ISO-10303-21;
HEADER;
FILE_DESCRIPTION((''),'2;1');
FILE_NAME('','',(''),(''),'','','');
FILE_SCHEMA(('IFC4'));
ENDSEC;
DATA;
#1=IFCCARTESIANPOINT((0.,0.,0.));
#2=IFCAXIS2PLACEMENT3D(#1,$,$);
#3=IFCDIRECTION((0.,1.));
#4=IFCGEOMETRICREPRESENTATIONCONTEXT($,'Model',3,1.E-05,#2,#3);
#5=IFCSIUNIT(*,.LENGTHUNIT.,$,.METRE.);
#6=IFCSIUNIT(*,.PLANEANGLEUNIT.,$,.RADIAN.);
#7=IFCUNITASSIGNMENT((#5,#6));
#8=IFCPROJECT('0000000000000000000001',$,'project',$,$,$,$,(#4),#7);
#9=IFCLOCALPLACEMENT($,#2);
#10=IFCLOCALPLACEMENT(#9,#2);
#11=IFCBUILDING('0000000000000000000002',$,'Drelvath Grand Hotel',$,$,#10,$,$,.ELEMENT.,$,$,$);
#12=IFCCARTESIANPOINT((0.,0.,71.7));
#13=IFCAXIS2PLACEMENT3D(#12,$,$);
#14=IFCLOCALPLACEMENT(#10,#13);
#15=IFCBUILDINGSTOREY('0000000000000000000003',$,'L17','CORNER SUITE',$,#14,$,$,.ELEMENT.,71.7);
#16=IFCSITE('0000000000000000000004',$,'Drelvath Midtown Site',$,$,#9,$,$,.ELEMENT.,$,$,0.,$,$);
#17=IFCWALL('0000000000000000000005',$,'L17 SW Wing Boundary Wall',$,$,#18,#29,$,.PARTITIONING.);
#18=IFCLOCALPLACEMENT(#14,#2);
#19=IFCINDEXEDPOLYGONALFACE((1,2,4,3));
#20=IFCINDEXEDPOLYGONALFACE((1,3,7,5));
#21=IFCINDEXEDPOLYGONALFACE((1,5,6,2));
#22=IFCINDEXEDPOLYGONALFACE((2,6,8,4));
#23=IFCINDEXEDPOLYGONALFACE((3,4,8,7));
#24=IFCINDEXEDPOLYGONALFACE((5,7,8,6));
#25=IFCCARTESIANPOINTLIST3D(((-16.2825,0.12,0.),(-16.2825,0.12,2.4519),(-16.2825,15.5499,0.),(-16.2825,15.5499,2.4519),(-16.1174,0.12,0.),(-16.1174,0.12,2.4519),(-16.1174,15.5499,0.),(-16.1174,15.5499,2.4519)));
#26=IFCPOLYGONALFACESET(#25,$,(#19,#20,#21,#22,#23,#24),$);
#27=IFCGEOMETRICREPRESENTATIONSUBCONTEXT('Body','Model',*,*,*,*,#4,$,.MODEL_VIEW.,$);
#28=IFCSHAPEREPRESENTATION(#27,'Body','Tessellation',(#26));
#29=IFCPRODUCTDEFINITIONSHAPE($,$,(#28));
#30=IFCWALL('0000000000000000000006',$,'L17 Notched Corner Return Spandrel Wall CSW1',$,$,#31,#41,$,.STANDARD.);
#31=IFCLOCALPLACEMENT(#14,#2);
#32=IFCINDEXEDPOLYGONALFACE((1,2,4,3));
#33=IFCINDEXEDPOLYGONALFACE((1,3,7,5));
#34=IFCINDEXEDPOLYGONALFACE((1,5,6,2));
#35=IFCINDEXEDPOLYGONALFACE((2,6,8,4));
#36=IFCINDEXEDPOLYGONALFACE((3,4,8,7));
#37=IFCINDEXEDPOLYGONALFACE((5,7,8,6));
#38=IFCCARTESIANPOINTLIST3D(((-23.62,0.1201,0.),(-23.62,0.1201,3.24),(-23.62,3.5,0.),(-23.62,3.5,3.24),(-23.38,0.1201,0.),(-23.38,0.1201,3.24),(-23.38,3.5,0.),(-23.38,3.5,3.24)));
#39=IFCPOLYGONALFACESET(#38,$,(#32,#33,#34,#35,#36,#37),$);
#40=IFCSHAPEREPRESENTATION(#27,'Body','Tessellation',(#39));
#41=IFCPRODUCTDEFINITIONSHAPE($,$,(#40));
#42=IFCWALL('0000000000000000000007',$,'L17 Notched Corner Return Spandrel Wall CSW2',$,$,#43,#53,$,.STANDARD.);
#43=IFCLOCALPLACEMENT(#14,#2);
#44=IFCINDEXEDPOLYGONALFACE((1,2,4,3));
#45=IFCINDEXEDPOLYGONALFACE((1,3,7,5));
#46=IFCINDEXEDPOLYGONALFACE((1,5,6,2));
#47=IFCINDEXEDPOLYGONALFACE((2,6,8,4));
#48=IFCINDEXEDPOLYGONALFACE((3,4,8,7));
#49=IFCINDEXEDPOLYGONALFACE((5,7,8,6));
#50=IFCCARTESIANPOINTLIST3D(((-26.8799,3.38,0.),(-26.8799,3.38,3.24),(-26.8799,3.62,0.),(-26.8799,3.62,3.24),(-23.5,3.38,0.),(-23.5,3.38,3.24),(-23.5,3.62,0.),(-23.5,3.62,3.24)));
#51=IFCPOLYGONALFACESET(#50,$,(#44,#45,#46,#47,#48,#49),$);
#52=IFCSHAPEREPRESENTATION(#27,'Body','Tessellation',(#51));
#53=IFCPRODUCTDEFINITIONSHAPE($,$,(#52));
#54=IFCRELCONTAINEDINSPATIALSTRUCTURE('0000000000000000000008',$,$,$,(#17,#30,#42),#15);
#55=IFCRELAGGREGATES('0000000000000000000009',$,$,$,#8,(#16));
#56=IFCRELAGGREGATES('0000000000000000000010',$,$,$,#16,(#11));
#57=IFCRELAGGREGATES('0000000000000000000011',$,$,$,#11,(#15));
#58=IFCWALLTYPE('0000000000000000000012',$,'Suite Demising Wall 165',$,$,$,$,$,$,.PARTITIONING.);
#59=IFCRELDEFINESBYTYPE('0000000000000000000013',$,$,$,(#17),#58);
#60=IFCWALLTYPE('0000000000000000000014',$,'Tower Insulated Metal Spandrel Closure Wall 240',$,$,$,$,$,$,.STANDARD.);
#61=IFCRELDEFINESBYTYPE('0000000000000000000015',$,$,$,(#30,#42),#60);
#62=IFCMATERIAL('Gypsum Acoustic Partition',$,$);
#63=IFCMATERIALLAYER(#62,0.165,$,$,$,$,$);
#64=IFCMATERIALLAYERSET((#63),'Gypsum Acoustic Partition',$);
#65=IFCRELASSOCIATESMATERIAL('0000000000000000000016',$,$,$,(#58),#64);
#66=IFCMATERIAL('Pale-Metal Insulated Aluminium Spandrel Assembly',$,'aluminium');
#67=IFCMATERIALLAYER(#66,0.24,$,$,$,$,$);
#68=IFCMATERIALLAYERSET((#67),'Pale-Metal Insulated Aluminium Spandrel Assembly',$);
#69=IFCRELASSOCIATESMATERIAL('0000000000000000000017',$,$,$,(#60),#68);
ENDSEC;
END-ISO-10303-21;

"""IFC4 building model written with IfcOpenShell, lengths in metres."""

from ifc_helpers import new_model, si_unit, direction, frame, frame_2d, origin, place, context, subcontext, project, spatial, rectangle, extrude, material, layer, layer_set, type_object, element, save


model = new_model("IFC4")

# Units and contexts
model_context = context("Model", 3, precision=1e-05, world=origin(), true_north=direction((0.0, 1.0)))
body_context = subcontext(model_context, "Body", "Model", "MODEL_VIEW")
ifc_project = project(units=[si_unit("LENGTHUNIT", "METRE"), si_unit("PLANEANGLEUNIT", "RADIAN")], contexts=[model_context])

# Site, building, storey
site_placement = place(None, origin())
site = spatial("IfcSite", under=ifc_project, at=site_placement, Name="Drelvath Midtown Site", CompositionType="ELEMENT", RefElevation=0.0)
building_placement = place(site_placement, origin())
building = spatial("IfcBuilding", under=site, at=building_placement, Name="Drelvath Grand Hotel", CompositionType="ELEMENT")
storey_placement = place(building_placement, frame((0.0, 0.0, 71.7)))
storey = spatial("IfcBuildingStorey", under=building, at=storey_placement, Name="L17", Description="CORNER SUITE", CompositionType="ELEMENT", Elevation=71.7)

# Walls
ifc_material_1 = material(Name="Gypsum Acoustic Partition")
ifc_layer_1 = layer(ifc_material_1, 0.165)
ifc_layer_set_1 = layer_set([ifc_layer_1], Name="Gypsum Acoustic Partition")
wall_type_1 = type_object("IfcWallType", Name="Suite Demising Wall 165", PredefinedType="PARTITIONING", material=ifc_layer_set_1)
wall_placement = place(storey_placement, frame((-16.2, 0.1201, 0.0), z_axis=(0.0, 0.0, 1.0), x_axis=(0.0, 1.0, 0.0)))
element("IfcWall", 1, at=wall_placement, inside=storey, type_object=wall_type_1, Name="L17 SW Wing Boundary Wall", PredefinedType="PARTITIONING", context=body_context, shape_type="SweptSolid", body=[
    extrude(rectangle(XDim=15.4299, YDim=0.165, at=frame_2d((7.7148, 0.0))), origin(), (0.0, 0.0, 1.0), 2.4519),
])
ifc_material_2 = material(Name="Pale-Metal Insulated Aluminium Spandrel Assembly", Category="aluminium")
ifc_layer_2 = layer(ifc_material_2, 0.24)
ifc_layer_set_2 = layer_set([ifc_layer_2], Name="Pale-Metal Insulated Aluminium Spandrel Assembly")
wall_type_2 = type_object("IfcWallType", Name="Tower Insulated Metal Spandrel Closure Wall 240", PredefinedType="STANDARD", material=ifc_layer_set_2)
for number, where, z_axis, x_axis, name in (
    (2, (-23.5, 0.1201, 0.0), (0.0, 0.0, 1.0), (0.0, 1.0, 0.0), "L17 Notched Corner Return Spandrel Wall CSW1"),
    (3, (-23.5, 3.5, 0.0), (0.0, 0.0, 1.0), (-1.0, 0.0, 0.0), "L17 Notched Corner Return Spandrel Wall CSW2"),
):
    element("IfcWall", number, at=place(storey_placement, frame(where, z_axis=z_axis, x_axis=x_axis)), inside=storey, type_object=wall_type_2, Name=name, PredefinedType="STANDARD", context=body_context, shape_type="SweptSolid", body=[
        extrude(rectangle(XDim=3.3799, YDim=0.24, at=frame_2d((1.6899, 0.0))), origin(), (0.0, 0.0, 1.0), 3.24),
    ])

save(model, "model.ifc")
